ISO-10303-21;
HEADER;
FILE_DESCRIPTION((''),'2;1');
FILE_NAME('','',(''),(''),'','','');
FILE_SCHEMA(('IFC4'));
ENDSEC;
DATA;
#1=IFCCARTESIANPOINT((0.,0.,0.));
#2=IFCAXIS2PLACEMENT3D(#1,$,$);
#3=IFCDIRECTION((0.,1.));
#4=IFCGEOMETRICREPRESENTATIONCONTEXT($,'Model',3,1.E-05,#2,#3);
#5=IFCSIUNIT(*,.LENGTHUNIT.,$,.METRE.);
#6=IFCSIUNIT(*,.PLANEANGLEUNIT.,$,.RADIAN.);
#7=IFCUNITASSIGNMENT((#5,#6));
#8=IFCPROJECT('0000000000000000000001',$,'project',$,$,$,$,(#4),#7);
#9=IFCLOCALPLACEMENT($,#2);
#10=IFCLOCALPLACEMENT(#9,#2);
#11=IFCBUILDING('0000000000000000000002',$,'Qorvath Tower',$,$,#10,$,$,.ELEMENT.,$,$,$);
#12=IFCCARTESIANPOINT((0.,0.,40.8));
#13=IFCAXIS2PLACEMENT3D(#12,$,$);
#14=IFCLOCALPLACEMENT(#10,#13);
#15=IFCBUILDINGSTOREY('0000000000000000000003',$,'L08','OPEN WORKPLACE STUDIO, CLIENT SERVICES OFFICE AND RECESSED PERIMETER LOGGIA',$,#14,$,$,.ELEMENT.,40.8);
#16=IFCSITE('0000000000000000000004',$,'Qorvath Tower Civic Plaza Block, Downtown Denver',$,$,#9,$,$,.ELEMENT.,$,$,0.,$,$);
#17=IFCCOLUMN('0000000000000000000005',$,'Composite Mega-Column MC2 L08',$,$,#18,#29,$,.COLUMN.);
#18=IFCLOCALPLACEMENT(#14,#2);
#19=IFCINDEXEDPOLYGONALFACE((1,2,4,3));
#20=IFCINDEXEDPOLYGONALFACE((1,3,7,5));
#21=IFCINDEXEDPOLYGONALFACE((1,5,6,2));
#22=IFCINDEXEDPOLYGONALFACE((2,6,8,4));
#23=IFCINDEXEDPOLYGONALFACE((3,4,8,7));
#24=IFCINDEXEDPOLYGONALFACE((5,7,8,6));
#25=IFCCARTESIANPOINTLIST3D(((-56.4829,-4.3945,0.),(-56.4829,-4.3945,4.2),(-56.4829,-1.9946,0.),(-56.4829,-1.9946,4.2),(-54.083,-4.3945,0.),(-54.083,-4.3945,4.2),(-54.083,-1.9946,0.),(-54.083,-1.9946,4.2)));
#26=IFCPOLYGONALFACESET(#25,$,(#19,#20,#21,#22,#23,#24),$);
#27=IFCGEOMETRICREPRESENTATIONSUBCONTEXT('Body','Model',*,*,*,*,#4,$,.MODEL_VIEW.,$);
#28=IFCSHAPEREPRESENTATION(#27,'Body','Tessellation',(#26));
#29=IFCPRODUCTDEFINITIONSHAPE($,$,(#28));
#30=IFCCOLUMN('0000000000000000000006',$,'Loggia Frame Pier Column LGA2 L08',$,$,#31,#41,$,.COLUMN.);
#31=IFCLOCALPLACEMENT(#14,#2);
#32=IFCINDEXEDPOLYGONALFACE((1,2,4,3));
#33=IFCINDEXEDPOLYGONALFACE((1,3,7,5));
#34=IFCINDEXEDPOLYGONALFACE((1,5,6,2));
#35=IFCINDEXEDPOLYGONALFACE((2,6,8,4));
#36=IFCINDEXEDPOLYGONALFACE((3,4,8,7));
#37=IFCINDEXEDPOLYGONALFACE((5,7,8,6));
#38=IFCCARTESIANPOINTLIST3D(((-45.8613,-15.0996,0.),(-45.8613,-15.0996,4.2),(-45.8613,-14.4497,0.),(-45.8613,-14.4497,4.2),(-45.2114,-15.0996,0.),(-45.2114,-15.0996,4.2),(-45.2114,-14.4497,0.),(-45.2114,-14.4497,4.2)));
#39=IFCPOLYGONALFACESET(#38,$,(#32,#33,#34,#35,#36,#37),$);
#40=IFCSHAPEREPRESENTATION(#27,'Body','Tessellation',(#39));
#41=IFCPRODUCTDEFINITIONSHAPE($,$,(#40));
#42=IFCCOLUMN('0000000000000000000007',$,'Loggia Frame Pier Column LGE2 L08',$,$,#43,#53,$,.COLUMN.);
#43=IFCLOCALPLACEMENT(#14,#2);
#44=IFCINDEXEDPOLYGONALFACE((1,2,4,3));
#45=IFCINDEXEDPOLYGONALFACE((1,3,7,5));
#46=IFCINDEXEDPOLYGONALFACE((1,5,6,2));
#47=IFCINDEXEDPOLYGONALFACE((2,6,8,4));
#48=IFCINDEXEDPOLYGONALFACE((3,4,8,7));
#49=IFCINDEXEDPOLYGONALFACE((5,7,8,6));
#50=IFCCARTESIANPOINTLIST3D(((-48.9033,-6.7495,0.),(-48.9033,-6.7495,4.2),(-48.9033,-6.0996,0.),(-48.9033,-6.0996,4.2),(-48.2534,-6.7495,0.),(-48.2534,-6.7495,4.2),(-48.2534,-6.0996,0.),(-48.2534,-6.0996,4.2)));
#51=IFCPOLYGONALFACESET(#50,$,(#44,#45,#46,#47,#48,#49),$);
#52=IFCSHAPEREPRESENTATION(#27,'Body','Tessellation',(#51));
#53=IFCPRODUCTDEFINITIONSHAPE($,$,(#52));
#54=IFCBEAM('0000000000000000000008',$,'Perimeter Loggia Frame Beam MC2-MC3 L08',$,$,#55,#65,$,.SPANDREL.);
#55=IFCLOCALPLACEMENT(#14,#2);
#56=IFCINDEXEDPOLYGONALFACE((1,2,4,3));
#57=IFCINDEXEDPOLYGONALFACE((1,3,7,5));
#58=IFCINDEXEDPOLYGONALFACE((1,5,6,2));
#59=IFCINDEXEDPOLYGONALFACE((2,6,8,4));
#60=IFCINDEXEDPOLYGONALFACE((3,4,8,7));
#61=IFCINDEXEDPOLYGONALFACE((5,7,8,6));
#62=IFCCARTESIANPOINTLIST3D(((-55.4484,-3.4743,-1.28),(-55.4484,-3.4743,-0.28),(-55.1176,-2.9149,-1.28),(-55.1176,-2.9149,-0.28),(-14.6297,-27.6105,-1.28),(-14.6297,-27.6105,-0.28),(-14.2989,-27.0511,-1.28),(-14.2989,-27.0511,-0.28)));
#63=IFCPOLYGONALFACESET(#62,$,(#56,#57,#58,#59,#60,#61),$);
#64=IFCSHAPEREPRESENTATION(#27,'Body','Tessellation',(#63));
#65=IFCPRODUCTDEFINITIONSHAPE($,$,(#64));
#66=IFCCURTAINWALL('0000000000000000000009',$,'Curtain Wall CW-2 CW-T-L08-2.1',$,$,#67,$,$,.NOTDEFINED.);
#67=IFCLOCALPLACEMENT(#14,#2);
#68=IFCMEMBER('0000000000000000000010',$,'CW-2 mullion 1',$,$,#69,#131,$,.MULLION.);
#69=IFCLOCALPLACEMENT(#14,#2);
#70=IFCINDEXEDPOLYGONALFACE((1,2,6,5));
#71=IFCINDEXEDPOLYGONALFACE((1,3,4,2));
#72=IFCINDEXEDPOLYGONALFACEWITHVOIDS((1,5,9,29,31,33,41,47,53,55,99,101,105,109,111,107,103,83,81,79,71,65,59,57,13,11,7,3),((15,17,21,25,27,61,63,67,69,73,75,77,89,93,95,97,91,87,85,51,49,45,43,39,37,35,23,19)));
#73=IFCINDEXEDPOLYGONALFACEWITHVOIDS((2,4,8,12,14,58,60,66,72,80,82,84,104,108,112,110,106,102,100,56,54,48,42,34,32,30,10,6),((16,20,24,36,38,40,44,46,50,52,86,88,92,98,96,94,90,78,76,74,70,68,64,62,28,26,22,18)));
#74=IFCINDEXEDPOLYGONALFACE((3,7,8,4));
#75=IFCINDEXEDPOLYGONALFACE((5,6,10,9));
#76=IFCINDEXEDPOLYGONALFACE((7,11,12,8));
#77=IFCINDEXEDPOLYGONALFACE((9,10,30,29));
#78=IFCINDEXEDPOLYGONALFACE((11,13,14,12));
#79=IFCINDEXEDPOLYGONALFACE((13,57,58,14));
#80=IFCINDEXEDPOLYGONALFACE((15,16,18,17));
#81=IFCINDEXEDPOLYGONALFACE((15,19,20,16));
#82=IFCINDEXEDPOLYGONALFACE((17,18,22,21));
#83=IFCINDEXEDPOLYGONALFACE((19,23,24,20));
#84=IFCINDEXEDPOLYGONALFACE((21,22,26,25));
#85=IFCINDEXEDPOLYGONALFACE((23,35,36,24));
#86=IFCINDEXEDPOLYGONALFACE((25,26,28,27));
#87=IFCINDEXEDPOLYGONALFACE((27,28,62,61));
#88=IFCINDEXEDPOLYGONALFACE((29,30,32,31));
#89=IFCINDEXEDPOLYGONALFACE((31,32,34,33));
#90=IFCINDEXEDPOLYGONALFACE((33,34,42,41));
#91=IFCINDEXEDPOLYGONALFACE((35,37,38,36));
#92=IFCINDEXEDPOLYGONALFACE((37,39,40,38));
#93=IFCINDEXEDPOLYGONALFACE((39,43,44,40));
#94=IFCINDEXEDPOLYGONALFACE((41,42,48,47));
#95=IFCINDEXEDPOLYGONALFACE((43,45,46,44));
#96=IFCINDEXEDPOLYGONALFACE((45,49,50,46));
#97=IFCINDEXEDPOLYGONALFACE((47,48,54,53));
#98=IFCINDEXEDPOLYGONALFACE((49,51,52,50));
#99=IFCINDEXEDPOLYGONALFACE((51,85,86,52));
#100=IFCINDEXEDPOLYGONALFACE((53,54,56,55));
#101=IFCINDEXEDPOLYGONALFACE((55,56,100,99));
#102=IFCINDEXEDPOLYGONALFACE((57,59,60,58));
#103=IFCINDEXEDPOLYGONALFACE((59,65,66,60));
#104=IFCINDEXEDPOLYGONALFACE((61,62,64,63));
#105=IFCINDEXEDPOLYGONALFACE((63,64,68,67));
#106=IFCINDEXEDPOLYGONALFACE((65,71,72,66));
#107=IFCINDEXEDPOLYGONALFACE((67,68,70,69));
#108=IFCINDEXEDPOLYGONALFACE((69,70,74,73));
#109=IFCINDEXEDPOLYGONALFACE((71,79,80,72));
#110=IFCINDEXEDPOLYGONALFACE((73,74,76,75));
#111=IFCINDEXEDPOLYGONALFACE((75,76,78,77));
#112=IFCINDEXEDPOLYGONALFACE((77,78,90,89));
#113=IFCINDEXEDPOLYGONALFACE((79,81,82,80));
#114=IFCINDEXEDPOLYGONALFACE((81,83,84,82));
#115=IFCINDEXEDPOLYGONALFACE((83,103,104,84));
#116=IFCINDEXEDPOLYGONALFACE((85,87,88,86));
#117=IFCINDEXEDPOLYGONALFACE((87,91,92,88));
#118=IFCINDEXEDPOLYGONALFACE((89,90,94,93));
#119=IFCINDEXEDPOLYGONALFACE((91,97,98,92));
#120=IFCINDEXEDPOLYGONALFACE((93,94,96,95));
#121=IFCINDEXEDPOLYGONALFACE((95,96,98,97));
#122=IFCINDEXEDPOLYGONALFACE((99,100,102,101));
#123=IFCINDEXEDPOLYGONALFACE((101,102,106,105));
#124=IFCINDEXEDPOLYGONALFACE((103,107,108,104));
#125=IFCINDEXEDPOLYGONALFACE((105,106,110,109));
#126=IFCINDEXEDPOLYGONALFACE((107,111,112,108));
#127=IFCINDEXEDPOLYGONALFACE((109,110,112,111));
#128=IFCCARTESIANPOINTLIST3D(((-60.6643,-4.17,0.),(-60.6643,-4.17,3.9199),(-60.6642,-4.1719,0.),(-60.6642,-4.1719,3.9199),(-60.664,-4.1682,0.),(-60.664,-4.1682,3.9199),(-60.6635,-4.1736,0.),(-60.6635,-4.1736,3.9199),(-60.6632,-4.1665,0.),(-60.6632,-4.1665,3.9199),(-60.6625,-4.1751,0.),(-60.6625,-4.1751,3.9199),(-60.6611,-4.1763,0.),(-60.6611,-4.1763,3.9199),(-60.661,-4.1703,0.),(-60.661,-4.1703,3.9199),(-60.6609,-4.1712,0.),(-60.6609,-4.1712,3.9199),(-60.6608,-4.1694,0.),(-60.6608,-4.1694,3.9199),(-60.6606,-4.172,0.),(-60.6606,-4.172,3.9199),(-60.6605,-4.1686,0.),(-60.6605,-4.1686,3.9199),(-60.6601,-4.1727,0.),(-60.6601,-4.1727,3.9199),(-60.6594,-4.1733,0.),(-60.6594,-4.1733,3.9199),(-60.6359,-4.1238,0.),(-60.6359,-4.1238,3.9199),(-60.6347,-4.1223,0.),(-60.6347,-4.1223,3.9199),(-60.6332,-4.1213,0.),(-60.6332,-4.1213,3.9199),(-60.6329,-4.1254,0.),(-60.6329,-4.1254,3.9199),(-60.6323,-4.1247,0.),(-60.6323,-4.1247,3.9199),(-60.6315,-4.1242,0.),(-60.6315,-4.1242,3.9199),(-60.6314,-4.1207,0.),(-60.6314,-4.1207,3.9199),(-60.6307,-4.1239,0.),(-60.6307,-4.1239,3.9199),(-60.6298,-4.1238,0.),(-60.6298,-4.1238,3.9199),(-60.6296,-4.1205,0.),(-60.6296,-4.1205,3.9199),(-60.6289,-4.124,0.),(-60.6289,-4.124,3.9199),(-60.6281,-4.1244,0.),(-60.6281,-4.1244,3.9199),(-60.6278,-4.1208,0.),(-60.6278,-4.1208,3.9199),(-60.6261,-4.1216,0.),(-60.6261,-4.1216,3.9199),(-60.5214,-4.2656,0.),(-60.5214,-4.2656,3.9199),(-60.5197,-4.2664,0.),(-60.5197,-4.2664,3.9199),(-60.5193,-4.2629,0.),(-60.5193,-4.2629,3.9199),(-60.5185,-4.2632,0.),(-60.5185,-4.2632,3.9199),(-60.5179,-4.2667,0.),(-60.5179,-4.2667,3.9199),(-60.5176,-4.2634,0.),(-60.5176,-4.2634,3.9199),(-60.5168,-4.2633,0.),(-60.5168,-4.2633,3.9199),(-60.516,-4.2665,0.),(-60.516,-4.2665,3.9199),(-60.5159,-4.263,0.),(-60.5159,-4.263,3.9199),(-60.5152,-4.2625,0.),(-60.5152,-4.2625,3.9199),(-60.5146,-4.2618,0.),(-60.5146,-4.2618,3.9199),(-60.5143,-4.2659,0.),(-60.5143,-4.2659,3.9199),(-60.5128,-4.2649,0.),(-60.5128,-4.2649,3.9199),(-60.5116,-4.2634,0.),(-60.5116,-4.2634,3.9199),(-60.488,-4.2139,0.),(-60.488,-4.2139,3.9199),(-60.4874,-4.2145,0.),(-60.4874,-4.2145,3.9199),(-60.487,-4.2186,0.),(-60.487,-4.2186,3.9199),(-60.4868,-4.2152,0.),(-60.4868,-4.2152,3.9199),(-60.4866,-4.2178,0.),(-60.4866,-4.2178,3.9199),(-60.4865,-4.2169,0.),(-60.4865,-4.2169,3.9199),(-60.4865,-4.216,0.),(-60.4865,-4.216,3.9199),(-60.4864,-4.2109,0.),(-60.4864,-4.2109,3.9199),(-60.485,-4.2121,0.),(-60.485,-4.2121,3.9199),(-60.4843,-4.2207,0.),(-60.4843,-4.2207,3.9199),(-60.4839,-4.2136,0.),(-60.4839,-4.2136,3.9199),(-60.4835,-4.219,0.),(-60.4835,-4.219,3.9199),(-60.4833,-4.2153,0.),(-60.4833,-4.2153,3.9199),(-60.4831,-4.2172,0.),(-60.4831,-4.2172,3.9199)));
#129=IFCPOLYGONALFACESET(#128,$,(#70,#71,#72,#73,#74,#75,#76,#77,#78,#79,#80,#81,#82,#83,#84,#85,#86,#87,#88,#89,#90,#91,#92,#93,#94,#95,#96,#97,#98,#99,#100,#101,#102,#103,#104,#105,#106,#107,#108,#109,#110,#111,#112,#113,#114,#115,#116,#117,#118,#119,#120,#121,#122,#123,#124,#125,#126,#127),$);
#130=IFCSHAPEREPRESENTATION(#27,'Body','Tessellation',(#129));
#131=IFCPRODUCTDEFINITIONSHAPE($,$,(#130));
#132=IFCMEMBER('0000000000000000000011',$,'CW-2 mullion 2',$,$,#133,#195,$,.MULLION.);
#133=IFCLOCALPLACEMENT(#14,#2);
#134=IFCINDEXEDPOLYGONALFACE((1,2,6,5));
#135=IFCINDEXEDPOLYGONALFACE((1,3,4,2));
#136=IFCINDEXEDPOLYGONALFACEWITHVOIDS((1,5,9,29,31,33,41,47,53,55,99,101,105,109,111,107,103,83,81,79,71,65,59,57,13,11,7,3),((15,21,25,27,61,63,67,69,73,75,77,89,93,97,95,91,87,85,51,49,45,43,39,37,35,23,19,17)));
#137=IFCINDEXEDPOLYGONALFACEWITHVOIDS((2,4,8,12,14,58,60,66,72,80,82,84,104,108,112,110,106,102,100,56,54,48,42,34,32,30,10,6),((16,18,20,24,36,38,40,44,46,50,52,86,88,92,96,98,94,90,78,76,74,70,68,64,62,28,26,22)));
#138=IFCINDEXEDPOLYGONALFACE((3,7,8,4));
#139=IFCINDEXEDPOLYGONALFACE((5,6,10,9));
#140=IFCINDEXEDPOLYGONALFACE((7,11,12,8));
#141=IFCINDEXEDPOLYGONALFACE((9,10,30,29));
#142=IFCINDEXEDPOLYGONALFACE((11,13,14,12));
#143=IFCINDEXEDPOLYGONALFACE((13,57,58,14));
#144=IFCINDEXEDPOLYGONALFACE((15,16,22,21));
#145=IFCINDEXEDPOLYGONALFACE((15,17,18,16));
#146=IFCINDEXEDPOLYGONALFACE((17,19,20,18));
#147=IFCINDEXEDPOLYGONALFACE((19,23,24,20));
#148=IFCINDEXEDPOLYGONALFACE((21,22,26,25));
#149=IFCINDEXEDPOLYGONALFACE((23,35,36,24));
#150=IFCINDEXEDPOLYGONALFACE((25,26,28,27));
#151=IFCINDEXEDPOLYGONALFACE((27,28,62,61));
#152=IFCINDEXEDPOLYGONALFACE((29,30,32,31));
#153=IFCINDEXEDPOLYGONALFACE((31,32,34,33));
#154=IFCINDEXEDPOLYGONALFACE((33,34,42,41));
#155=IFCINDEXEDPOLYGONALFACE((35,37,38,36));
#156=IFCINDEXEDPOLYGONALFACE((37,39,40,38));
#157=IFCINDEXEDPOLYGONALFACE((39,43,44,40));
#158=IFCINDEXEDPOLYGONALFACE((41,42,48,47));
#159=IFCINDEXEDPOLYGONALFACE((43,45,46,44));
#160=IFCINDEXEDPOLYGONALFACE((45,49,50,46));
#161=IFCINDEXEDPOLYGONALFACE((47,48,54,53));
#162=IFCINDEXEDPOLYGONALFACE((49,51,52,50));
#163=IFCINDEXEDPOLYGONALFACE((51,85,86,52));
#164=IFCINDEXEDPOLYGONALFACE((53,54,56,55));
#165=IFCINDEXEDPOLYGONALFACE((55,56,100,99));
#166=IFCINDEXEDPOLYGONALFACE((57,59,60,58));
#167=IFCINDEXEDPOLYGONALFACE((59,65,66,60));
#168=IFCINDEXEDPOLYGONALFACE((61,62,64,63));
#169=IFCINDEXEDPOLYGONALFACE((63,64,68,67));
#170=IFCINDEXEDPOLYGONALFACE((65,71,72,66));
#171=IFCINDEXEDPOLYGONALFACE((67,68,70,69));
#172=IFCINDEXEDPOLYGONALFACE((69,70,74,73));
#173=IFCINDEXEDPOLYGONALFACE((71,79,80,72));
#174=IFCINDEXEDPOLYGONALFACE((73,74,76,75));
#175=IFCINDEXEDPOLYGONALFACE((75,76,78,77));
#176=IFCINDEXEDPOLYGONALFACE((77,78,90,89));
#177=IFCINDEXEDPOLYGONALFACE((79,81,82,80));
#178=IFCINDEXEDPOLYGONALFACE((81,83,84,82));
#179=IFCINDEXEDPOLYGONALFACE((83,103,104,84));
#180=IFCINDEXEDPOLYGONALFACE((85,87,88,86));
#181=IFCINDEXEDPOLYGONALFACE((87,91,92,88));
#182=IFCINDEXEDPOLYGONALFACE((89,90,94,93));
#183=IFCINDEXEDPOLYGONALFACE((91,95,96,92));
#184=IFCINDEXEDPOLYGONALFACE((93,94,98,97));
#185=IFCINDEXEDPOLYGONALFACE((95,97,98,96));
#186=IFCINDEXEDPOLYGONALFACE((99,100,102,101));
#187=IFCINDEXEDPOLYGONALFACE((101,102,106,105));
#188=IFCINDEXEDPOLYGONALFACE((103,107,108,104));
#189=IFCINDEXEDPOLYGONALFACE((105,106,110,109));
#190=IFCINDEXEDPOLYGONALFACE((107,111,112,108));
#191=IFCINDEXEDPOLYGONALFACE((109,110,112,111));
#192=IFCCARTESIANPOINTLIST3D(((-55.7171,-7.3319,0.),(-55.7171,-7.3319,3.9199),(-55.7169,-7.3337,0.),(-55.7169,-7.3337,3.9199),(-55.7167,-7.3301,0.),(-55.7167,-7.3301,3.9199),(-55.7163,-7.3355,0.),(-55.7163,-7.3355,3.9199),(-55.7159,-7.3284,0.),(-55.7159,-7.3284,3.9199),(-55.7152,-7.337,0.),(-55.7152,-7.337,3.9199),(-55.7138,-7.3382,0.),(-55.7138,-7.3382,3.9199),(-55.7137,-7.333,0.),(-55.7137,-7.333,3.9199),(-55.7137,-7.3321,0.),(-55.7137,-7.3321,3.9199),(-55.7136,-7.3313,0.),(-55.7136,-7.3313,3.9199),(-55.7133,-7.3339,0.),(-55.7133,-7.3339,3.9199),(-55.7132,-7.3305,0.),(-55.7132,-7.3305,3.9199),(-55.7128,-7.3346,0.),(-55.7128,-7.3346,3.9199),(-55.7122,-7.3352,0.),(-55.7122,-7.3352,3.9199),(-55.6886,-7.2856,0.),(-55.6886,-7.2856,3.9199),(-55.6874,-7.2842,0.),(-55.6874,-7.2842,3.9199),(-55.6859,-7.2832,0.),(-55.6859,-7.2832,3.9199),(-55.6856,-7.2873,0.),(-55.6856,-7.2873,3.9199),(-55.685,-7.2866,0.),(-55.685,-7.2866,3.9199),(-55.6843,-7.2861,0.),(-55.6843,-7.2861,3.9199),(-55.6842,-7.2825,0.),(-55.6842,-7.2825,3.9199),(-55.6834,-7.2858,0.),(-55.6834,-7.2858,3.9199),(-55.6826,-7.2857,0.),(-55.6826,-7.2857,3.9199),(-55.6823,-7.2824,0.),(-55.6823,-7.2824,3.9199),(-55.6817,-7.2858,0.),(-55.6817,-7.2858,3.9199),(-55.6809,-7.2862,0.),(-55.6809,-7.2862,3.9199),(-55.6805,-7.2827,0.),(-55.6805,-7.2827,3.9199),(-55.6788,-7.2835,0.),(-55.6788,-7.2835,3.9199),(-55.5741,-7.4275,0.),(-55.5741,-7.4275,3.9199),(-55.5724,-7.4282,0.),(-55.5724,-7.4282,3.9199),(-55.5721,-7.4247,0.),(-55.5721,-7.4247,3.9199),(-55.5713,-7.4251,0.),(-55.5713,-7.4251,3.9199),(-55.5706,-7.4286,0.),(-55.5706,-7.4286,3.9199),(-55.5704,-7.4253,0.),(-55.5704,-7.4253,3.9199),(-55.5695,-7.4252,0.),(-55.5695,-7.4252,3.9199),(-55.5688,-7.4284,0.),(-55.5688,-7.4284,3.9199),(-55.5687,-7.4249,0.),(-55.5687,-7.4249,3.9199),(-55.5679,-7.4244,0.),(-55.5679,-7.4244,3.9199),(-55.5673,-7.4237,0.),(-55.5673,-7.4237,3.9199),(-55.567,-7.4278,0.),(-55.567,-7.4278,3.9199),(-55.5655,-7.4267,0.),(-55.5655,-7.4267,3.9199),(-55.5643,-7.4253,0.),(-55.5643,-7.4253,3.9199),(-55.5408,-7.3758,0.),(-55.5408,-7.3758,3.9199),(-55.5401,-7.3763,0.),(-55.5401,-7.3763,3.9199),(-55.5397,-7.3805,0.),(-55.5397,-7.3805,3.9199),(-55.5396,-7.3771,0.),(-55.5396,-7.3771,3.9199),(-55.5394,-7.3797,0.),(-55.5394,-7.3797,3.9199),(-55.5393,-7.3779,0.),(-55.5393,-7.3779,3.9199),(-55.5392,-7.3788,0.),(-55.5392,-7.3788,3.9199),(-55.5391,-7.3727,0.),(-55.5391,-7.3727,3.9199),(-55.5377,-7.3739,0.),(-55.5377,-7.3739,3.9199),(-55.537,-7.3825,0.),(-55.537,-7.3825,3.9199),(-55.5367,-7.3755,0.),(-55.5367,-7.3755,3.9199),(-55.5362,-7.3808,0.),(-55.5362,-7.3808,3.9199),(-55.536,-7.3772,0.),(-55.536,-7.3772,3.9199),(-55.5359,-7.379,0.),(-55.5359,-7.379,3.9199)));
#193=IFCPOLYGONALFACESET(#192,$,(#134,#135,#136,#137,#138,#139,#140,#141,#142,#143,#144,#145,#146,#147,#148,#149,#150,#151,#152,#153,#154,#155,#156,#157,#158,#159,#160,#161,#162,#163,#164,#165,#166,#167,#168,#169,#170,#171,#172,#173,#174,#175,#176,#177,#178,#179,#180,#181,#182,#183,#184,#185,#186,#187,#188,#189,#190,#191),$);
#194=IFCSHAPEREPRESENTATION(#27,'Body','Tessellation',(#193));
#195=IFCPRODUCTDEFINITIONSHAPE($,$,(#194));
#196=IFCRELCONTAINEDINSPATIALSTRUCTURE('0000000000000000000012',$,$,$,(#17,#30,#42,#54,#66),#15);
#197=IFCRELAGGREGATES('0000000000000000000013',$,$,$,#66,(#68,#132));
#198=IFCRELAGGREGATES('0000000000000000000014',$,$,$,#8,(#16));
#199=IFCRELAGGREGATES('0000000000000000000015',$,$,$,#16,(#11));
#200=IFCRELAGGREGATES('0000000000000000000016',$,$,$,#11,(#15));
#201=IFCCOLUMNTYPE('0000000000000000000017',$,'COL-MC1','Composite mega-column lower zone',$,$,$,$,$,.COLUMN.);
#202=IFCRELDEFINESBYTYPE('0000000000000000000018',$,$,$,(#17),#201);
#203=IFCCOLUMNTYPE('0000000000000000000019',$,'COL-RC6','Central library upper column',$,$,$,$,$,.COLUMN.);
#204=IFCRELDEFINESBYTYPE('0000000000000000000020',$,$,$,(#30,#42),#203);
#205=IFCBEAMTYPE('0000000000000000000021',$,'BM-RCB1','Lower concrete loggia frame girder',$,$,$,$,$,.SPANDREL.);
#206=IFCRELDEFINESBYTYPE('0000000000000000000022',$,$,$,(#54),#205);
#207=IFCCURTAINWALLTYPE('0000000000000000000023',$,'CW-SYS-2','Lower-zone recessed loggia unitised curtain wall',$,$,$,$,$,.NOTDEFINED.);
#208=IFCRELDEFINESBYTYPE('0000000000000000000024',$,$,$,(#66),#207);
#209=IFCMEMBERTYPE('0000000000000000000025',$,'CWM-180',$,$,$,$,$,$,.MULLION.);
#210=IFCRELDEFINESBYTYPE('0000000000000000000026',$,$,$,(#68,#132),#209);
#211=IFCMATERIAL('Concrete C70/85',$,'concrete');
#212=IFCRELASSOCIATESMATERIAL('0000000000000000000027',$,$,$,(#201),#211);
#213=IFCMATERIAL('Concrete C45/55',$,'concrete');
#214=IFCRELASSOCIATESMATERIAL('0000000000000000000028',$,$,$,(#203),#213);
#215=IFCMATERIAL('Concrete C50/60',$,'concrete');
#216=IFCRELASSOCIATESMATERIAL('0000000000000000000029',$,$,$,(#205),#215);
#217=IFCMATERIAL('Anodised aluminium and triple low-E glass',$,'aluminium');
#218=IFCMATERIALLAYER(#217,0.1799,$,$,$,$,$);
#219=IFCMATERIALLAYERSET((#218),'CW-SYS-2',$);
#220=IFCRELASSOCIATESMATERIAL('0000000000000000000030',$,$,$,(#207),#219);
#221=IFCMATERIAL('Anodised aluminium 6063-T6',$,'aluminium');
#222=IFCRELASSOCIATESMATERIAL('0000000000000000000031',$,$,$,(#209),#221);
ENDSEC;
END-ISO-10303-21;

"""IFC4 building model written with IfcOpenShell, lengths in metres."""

from ifc_helpers import new_model, si_unit, direction, frame, origin, origin_2d, place, context, subcontext, project, spatial, rectangle, hollow_rectangle, extrude, material, layer, layer_set, material_profile, profile_set, type_object, element, aggregate, save


model = new_model("IFC4")

# Units and contexts
model_context = context("Model", 3, precision=1e-05, world=origin(), true_north=direction((0.0, 1.0)))
body_context = subcontext(model_context, "Body", "Model", "MODEL_VIEW")
ifc_project = project(units=[si_unit("LENGTHUNIT", "METRE"), si_unit("PLANEANGLEUNIT", "RADIAN")], contexts=[model_context])

# Site, building, storey
site_placement = place(None, origin())
site = spatial("IfcSite", under=ifc_project, at=site_placement, Name="Qorvath Tower Civic Plaza Block, Downtown Denver", CompositionType="ELEMENT", RefElevation=0.0)
building_placement = place(site_placement, origin())
building = spatial("IfcBuilding", under=site, at=building_placement, Name="Qorvath Tower", CompositionType="ELEMENT")
storey_placement = place(building_placement, frame((0.0, 0.0, 40.8)))
storey = spatial("IfcBuildingStorey", under=building, at=storey_placement, Name="L08", Description="OPEN WORKPLACE STUDIO, CLIENT SERVICES OFFICE AND RECESSED PERIMETER LOGGIA", CompositionType="ELEMENT", Elevation=40.8)

# Columns
ifc_material_1 = material(Name="Concrete C70/85", Category="concrete")
ifc_material_profile_1 = material_profile(ifc_material_1, rectangle(XDim=2.3999, YDim=2.3999, at=origin_2d()), Name="MC 2400x2400")
ifc_profile_set_1 = profile_set([ifc_material_profile_1], Name="Concrete C70/85")
column_type_1 = type_object("IfcColumnType", Name="COL-MC1", Description="Composite mega-column lower zone", PredefinedType="COLUMN", material=ifc_profile_set_1)
column_placement = place(storey_placement, frame((-55.283, -3.1946, 0.0), z_axis=(0.0, 0.0, 1.0), x_axis=(1.0, 0.0, 0.0)))
element("IfcColumn", 1, at=column_placement, inside=storey, type_object=column_type_1, Name="Composite Mega-Column MC2 L08", PredefinedType="COLUMN", context=body_context, shape_type="SweptSolid", body=[
    extrude(rectangle(XDim=2.3999, YDim=2.3999, at=origin_2d()), origin(), (0.0, 0.0, 1.0), 4.2),
])
ifc_material_2 = material(Name="Concrete C45/55", Category="concrete")
ifc_material_profile_2 = material_profile(ifc_material_2, rectangle(XDim=0.6499, YDim=0.6499, at=origin_2d()), Name="RC 650x650")
ifc_profile_set_2 = profile_set([ifc_material_profile_2], Name="Concrete C45/55")
column_type_2 = type_object("IfcColumnType", Name="COL-RC6", Description="Central library upper column", PredefinedType="COLUMN", material=ifc_profile_set_2)
for number, where, z_axis, x_axis, name in (
    (2, (-45.5364, -14.7747, 0.0), (0.0, 0.0, 1.0), (1.0, 0.0, 0.0), "Loggia Frame Pier Column LGA2 L08"),
    (3, (-48.5784, -6.4246, 0.0), (0.0, 0.0, 1.0), (1.0, 0.0, 0.0), "Loggia Frame Pier Column LGE2 L08"),
):
    element("IfcColumn", number, at=place(storey_placement, frame(where, z_axis=z_axis, x_axis=x_axis)), inside=storey, type_object=column_type_2, Name=name, PredefinedType="COLUMN", context=body_context, shape_type="SweptSolid", body=[
        extrude(rectangle(XDim=0.6499, YDim=0.6499, at=origin_2d()), origin(), (0.0, 0.0, 1.0), 4.2),
    ])

# Beam
ifc_material_3 = material(Name="Concrete C50/60", Category="concrete")
ifc_material_profile_3 = material_profile(ifc_material_3, rectangle(XDim=0.6499, YDim=1.0, at=origin_2d()), Name="RCB 1000x650")
ifc_profile_set_3 = profile_set([ifc_material_profile_3], Name="Concrete C50/60")
beam_type = type_object("IfcBeamType", Name="BM-RCB1", Description="Lower concrete loggia frame girder", PredefinedType="SPANDREL", material=ifc_profile_set_3)
beam_placement = place(storey_placement, frame((-55.283, -3.1946, -0.78), z_axis=(0.860777, -0.508982, 0.0), x_axis=(0.508982, 0.860777, 0.0)))
element("IfcBeam", 4, at=beam_placement, inside=storey, type_object=beam_type, Name="Perimeter Loggia Frame Beam MC2-MC3 L08", PredefinedType="SPANDREL", context=body_context, shape_type="SweptSolid", body=[
    extrude(rectangle(XDim=0.6499, YDim=1.0, at=origin_2d()), origin(), (0.0, 0.0, 1.0), 47.4207),
])

# Curtain wall, members
ifc_material_4 = material(Name="Anodised aluminium and triple low-E glass", Category="aluminium")
ifc_layer_1 = layer(ifc_material_4, 0.1799)
ifc_layer_set_1 = layer_set([ifc_layer_1], Name="CW-SYS-2")
curtain_wall_type = type_object("IfcCurtainWallType", Name="CW-SYS-2", Description="Lower-zone recessed loggia unitised curtain wall", PredefinedType="NOTDEFINED", material=ifc_layer_set_1)
curtain_wall_placement = place(storey_placement, origin())
curtain_wall = element("IfcCurtainWall", 5, at=curtain_wall_placement, inside=storey, type_object=curtain_wall_type, Name="Curtain Wall CW-2 CW-T-L08-2.1", PredefinedType="NOTDEFINED")
ifc_material_5 = material(Name="Anodised aluminium 6063-T6", Category="aluminium")
ifc_material_profile_4 = material_profile(ifc_material_5, hollow_rectangle(XDim=0.0649, YDim=0.1799, WallThickness=0.0034, InnerFilletRadius=0.0034, OuterFilletRadius=0.0071, at=origin_2d()), Name="CWM 180x65")
ifc_profile_set_4 = profile_set([ifc_material_profile_4], Name="Anodised aluminium 6063-T6")
member_type_1 = type_object("IfcMemberType", Name="CWM-180", PredefinedType="MULLION", material=ifc_profile_set_4)
member_1_placement = place(storey_placement, frame((-60.5737, -4.1936, 0.0), z_axis=(0.0, 0.0, 1.0), x_axis=(0.538532, 0.842605, 0.0)))
member_1 = element("IfcMember", 6, at=member_1_placement, type_object=member_type_1, Name="CW-2 mullion 1", PredefinedType="MULLION", context=body_context, shape_type="SweptSolid", body=[
    extrude(hollow_rectangle(XDim=0.0649, YDim=0.1799, WallThickness=0.0034, InnerFilletRadius=0.0034, OuterFilletRadius=0.0071, at=origin_2d()), origin(), (0.0, 0.0, 1.0), 3.9199),
])
member_2_placement = place(storey_placement, frame((-55.6265, -7.3555, 0.0), z_axis=(0.0, 0.0, 1.0), x_axis=(0.538532, 0.842605, 0.0)))
member_2 = element("IfcMember", 7, at=member_2_placement, type_object=member_type_1, Name="CW-2 mullion 2", PredefinedType="MULLION", context=body_context, shape_type="SweptSolid", body=[
    extrude(hollow_rectangle(XDim=0.0649, YDim=0.1799, WallThickness=0.0034, InnerFilletRadius=0.0034, OuterFilletRadius=0.0071, at=origin_2d()), origin(), (0.0, 0.0, 1.0), 3.9199),
])
aggregate(curtain_wall, [member_1, member_2])

save(model, "model.ifc")
